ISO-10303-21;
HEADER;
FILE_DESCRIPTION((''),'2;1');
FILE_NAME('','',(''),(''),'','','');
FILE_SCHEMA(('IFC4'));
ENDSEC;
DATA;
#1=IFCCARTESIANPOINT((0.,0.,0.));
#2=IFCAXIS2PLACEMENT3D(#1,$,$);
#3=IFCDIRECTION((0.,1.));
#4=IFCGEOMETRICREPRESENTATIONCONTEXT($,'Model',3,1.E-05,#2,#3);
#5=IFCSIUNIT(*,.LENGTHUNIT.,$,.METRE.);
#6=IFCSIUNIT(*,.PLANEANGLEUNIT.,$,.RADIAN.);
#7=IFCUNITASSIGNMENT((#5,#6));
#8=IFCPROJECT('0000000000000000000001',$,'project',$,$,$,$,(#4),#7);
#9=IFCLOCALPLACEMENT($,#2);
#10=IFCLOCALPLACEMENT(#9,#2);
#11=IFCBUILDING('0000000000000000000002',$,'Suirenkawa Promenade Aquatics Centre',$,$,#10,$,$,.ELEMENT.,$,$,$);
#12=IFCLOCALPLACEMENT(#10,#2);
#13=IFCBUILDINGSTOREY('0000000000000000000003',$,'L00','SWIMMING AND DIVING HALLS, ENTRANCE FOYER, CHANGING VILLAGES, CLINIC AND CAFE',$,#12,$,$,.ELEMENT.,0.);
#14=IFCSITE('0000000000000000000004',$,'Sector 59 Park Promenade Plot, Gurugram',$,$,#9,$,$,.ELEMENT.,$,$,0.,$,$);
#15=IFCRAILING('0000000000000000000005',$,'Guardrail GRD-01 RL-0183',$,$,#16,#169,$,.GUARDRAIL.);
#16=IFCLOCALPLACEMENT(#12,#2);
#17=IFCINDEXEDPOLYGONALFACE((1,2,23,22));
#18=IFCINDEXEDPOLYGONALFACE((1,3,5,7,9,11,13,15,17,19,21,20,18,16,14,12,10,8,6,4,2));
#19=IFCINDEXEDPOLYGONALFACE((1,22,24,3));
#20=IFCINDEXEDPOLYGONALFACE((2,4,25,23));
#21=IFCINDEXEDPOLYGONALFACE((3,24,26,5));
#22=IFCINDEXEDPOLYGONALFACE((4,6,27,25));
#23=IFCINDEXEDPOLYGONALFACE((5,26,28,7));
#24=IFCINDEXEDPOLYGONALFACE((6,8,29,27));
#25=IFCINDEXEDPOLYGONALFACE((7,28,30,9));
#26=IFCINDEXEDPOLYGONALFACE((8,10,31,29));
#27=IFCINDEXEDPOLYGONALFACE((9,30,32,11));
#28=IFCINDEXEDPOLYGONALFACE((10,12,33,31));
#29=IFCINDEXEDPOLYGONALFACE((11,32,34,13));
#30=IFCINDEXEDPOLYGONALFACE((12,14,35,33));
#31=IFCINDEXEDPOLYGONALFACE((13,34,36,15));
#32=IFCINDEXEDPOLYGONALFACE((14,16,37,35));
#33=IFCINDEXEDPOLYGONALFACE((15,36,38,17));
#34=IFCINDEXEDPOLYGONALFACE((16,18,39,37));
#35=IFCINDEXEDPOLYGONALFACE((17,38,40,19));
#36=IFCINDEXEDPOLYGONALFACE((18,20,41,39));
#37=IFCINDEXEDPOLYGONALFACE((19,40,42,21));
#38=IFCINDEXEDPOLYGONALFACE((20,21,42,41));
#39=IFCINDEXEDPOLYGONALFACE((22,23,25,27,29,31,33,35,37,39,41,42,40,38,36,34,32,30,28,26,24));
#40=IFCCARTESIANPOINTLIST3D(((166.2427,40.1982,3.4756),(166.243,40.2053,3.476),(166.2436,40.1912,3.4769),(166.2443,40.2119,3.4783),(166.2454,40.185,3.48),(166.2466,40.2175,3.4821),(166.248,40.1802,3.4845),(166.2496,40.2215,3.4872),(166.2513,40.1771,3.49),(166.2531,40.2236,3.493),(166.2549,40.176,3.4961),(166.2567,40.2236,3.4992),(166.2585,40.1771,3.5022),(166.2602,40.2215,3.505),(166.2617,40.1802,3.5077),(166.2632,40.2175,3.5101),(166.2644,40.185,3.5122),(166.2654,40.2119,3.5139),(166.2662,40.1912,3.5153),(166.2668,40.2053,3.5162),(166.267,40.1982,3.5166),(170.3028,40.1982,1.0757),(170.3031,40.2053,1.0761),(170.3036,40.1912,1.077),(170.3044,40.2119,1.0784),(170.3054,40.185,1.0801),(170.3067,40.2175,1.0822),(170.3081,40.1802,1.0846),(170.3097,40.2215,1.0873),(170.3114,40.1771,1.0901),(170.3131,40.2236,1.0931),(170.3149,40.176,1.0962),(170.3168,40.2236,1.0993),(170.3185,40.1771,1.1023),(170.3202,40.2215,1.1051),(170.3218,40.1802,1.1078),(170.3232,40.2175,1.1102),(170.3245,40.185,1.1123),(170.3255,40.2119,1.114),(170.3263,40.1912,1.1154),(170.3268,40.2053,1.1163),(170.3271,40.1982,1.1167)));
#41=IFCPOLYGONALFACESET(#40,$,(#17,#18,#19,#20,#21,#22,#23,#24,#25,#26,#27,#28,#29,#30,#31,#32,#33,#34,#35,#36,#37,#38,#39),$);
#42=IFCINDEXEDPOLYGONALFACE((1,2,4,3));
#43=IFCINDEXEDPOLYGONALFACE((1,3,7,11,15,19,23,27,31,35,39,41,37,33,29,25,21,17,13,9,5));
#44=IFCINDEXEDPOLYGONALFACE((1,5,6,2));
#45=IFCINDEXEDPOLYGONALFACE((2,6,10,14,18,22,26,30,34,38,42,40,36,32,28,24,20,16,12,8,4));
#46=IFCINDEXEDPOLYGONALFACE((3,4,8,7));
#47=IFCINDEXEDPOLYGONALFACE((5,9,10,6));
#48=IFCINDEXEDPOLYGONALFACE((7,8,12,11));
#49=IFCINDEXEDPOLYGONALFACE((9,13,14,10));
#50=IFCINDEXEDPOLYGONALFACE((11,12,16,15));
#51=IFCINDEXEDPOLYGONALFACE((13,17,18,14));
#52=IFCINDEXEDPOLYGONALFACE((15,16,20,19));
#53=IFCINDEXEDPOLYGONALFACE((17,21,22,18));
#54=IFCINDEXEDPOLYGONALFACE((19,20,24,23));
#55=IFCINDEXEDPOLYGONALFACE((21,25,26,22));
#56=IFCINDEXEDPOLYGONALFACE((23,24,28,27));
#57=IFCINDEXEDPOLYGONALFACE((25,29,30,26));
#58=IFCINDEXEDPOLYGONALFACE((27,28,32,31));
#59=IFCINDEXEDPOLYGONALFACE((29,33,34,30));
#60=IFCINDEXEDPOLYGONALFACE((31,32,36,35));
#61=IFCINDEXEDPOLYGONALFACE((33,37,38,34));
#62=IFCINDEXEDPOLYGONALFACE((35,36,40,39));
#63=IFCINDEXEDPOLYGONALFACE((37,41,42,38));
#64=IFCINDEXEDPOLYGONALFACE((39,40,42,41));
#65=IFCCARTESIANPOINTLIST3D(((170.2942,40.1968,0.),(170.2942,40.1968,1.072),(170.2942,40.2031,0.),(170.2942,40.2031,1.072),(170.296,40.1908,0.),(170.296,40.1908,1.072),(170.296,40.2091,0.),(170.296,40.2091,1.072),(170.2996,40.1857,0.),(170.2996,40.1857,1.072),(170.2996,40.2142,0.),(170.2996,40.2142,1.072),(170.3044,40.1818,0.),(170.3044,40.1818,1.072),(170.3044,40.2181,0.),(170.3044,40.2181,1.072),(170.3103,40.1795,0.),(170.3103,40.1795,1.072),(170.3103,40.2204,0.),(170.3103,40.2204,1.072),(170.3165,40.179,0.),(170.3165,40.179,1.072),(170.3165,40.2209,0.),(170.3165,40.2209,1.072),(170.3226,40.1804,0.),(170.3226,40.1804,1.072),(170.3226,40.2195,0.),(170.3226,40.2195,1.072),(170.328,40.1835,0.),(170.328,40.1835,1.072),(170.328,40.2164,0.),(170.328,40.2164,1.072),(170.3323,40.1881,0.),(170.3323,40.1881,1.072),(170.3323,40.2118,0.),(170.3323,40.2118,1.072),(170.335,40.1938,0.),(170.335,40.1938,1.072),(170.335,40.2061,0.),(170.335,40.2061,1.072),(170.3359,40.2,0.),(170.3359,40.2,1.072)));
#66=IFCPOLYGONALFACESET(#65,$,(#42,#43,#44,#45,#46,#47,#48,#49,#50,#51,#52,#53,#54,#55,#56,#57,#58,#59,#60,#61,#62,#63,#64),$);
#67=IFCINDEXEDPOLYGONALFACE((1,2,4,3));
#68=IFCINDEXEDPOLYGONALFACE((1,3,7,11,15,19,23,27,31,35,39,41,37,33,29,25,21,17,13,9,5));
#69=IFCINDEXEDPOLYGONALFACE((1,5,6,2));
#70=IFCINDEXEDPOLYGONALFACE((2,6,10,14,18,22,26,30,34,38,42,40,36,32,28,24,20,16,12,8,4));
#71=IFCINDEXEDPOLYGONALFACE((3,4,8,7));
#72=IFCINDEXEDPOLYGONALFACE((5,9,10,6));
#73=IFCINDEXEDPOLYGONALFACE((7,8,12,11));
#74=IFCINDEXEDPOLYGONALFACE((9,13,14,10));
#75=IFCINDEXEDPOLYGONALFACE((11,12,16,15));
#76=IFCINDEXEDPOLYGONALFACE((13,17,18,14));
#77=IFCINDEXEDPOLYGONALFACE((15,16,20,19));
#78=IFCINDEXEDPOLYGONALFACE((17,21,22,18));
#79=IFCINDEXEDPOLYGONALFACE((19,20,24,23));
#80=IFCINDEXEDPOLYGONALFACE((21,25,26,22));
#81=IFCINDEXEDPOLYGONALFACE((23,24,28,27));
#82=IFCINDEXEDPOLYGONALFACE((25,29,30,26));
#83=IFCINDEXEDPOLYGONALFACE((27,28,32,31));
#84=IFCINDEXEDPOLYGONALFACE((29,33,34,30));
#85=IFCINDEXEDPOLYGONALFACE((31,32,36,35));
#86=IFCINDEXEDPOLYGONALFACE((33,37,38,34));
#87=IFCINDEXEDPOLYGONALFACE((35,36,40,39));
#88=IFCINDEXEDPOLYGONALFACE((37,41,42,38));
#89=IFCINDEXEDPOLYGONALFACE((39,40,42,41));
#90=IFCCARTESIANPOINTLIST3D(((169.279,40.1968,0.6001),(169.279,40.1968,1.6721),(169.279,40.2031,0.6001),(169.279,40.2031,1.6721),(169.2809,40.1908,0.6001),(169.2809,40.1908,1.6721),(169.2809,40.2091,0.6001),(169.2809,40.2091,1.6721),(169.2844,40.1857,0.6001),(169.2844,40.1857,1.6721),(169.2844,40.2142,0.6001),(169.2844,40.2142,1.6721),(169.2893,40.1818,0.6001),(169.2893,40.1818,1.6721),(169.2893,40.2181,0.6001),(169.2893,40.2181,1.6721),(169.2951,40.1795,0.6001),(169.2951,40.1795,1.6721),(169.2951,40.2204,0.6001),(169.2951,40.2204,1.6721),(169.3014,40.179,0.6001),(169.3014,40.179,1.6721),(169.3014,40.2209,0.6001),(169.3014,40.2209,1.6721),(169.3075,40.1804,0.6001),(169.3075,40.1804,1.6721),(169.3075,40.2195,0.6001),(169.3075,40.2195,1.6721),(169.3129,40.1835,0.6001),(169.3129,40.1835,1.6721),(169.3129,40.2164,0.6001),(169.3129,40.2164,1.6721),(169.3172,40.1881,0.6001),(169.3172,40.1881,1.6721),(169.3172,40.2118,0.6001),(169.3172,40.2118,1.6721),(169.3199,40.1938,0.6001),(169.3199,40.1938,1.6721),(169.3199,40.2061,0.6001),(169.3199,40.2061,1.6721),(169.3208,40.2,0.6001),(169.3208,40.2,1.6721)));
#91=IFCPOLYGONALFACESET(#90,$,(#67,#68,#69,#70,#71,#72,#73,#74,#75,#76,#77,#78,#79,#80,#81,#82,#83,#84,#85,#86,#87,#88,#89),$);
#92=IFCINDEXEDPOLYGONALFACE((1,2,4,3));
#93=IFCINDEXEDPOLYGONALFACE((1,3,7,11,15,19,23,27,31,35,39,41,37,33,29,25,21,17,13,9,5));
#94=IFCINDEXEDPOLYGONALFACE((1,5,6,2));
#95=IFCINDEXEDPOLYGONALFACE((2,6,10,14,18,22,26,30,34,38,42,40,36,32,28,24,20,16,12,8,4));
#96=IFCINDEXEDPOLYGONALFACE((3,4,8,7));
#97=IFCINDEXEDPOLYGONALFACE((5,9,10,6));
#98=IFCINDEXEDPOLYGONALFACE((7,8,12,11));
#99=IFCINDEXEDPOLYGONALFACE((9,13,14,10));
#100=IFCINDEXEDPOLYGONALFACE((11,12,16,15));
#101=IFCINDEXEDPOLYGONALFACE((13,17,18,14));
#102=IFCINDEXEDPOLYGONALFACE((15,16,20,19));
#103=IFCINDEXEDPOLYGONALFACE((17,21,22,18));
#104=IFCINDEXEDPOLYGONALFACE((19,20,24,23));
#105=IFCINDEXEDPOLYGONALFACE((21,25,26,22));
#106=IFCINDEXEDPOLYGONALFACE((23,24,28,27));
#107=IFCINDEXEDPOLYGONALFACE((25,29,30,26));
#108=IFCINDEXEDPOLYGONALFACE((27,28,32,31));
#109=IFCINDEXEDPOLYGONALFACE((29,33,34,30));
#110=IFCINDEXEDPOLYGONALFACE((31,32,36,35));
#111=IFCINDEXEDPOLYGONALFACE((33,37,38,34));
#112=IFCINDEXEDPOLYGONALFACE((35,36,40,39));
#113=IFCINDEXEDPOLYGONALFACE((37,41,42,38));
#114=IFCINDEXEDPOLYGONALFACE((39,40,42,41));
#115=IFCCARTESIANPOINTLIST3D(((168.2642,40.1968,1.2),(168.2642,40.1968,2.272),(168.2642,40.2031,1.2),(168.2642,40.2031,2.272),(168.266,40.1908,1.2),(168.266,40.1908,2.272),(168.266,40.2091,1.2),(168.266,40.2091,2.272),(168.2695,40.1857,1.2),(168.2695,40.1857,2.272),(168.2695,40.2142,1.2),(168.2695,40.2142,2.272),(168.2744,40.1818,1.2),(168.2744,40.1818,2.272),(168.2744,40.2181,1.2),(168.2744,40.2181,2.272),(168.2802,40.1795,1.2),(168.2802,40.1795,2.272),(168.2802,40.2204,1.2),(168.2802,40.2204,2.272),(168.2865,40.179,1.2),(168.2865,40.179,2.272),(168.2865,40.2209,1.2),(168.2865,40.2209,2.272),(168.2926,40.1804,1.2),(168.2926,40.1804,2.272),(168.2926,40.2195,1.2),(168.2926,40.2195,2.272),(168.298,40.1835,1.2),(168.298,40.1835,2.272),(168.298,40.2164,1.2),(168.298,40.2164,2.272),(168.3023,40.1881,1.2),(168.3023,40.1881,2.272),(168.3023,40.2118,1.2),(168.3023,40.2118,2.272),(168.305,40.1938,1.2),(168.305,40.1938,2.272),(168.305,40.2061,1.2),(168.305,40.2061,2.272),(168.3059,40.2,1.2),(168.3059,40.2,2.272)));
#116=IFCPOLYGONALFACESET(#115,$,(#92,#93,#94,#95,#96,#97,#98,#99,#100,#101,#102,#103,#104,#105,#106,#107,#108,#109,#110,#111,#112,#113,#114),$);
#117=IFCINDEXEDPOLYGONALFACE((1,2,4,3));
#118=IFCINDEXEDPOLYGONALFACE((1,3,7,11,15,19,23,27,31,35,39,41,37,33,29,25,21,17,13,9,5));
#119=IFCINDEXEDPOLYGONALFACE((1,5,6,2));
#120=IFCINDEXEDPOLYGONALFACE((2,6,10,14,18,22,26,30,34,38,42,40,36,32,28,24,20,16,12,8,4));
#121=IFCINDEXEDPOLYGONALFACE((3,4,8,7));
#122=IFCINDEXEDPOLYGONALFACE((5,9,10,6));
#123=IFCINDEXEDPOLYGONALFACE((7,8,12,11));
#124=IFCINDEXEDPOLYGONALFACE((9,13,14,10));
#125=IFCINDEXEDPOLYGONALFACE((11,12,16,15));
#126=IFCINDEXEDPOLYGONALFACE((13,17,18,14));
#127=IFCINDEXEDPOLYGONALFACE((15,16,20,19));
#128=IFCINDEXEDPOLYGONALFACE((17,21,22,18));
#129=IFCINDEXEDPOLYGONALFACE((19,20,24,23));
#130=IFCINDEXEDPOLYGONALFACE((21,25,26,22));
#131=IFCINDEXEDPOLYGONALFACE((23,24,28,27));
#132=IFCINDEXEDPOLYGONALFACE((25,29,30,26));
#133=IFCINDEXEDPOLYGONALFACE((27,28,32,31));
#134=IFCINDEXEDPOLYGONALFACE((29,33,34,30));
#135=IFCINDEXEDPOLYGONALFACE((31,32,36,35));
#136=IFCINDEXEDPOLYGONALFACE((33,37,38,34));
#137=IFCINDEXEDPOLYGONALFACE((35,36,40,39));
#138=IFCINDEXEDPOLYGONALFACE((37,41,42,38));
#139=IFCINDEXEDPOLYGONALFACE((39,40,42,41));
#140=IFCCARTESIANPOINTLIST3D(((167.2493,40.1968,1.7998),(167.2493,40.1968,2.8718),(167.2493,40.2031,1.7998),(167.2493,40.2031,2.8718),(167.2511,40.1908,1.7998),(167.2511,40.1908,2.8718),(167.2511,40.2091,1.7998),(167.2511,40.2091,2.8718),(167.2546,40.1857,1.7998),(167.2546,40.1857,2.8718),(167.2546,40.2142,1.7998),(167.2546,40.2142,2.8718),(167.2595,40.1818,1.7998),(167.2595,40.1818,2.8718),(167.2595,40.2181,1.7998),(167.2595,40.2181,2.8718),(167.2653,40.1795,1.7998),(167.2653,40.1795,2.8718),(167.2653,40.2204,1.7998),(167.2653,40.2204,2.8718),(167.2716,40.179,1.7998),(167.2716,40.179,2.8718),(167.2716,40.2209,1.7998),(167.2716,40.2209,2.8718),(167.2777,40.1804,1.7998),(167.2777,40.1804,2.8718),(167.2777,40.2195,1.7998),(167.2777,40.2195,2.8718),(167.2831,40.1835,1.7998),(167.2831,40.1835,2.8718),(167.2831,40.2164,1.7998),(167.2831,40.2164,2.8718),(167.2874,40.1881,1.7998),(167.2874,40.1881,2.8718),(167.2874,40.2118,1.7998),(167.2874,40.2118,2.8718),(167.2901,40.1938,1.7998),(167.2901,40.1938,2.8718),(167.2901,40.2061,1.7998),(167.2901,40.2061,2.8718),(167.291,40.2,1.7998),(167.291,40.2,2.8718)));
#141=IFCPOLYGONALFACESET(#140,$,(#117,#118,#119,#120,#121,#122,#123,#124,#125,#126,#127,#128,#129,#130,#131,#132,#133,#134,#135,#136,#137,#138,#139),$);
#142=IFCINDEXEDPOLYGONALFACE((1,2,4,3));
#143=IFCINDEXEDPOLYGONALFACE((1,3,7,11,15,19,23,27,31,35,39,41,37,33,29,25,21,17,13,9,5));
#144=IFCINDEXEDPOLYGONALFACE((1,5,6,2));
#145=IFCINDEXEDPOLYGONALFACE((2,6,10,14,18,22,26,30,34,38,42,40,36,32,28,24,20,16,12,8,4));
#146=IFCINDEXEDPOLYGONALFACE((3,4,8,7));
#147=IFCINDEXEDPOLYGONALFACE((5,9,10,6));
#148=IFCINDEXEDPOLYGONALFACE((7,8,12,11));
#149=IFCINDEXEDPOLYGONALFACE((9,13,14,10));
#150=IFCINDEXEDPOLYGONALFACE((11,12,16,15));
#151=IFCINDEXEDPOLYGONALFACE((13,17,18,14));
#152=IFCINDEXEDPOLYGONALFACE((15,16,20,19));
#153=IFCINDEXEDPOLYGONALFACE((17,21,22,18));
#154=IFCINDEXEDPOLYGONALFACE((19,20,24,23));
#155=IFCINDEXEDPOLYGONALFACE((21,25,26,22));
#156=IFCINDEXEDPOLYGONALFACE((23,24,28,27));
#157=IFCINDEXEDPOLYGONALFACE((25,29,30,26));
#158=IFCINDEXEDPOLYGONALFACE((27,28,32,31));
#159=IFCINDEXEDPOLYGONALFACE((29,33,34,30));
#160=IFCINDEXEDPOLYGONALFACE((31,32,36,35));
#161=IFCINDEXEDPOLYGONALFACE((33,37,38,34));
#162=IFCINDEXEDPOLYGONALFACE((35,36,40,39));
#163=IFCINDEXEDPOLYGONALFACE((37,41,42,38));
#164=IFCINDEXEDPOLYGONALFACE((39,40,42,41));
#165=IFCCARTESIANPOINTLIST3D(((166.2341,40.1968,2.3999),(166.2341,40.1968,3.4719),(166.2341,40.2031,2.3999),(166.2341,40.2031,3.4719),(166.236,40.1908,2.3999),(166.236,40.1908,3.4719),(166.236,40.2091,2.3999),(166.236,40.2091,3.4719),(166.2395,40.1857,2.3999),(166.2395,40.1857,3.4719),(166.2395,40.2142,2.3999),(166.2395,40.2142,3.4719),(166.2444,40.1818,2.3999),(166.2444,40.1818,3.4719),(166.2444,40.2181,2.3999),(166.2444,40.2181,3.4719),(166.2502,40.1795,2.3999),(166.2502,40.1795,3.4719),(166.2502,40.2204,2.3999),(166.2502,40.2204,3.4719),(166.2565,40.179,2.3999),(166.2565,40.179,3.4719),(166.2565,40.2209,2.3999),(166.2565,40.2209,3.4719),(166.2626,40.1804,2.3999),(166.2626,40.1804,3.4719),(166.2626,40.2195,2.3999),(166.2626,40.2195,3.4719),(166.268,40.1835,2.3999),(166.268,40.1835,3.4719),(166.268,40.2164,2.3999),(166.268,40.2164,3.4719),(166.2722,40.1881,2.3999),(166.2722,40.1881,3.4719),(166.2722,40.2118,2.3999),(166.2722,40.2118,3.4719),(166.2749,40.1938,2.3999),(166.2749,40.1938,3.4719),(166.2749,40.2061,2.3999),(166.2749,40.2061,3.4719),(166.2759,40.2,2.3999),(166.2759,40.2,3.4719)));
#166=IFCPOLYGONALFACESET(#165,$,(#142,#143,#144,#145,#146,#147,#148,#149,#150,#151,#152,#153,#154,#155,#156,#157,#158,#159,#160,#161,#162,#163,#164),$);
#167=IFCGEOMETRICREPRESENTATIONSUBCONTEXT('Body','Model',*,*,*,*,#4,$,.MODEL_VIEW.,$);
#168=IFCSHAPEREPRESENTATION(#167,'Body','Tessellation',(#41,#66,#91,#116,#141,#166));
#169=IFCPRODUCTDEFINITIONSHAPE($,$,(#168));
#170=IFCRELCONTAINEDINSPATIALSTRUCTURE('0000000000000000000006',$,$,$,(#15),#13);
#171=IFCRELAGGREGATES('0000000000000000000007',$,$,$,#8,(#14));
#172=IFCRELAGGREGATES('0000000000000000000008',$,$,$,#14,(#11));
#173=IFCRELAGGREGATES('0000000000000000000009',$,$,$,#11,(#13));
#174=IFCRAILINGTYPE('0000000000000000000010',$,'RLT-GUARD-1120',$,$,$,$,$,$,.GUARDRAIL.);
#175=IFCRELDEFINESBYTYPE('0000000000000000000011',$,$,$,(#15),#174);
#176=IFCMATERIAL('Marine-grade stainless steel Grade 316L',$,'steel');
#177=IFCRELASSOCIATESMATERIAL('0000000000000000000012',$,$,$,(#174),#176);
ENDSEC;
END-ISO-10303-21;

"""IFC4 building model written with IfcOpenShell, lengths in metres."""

from ifc_helpers import new_model, si_unit, direction, frame, origin, origin_2d, place, context, subcontext, project, spatial, circle, extrude, material, type_object, element, save


model = new_model("IFC4")

# Units and contexts
model_context = context("Model", 3, precision=1e-05, world=origin(), true_north=direction((0.0, 1.0)))
body_context = subcontext(model_context, "Body", "Model", "MODEL_VIEW")
ifc_project = project(units=[si_unit("LENGTHUNIT", "METRE"), si_unit("PLANEANGLEUNIT", "RADIAN")], contexts=[model_context])

# Site, building, storey
site_placement = place(None, origin())
site = spatial("IfcSite", under=ifc_project, at=site_placement, Name="Sector 59 Park Promenade Plot, Gurugram", CompositionType="ELEMENT", RefElevation=0.0)
building_placement = place(site_placement, origin())
building = spatial("IfcBuilding", under=site, at=building_placement, Name="Suirenkawa Promenade Aquatics Centre", CompositionType="ELEMENT")
storey_placement = place(building_placement, origin())
storey = spatial("IfcBuildingStorey", under=building, at=storey_placement, Name="L00", Description="SWIMMING AND DIVING HALLS, ENTRANCE FOYER, CHANGING VILLAGES, CLINIC AND CAFE", CompositionType="ELEMENT", Elevation=0.0)

# Railing
ifc_material_1 = material(Name="Marine-grade stainless steel Grade 316L", Category="steel")
railing_type = type_object("IfcRailingType", Name="RLT-GUARD-1120", PredefinedType="GUARDRAIL", material=ifc_material_1)
railing_1_placement = place(storey_placement, frame((170.3149, 40.2, 0.0)))
element("IfcRailing", 1, at=railing_1_placement, inside=storey, type_object=railing_type, Name="Guardrail GRD-01 RL-0183", PredefinedType="GUARDRAIL", context=body_context, shape_type="SweptSolid", body=[
    extrude(circle(Radius=0.0239, at=origin_2d()), frame((0.0, 0.0, 1.0962), z_axis=(-0.860854, 0.0, 0.508851), x_axis=(0.0, -1.0, 0.0)), (0.0, 0.0, 1.0), 4.7163),
    extrude(circle(Radius=0.021, at=origin_2d()), origin(), (0.0, 0.0, 1.0), 1.072),
    extrude(circle(Radius=0.021, at=origin_2d()), frame((-1.0151, 0.0, 0.6001)), (0.0, 0.0, 1.0), 1.072),
    extrude(circle(Radius=0.021, at=origin_2d()), frame((-2.03, 0.0, 1.2)), (0.0, 0.0, 1.0), 1.072),
    extrude(circle(Radius=0.021, at=origin_2d()), frame((-3.0449, 0.0, 1.7998)), (0.0, 0.0, 1.0), 1.072),
    extrude(circle(Radius=0.021, at=origin_2d()), frame((-4.0601, 0.0, 2.3999)), (0.0, 0.0, 1.0), 1.072),
])

save(model, "model.ifc")
